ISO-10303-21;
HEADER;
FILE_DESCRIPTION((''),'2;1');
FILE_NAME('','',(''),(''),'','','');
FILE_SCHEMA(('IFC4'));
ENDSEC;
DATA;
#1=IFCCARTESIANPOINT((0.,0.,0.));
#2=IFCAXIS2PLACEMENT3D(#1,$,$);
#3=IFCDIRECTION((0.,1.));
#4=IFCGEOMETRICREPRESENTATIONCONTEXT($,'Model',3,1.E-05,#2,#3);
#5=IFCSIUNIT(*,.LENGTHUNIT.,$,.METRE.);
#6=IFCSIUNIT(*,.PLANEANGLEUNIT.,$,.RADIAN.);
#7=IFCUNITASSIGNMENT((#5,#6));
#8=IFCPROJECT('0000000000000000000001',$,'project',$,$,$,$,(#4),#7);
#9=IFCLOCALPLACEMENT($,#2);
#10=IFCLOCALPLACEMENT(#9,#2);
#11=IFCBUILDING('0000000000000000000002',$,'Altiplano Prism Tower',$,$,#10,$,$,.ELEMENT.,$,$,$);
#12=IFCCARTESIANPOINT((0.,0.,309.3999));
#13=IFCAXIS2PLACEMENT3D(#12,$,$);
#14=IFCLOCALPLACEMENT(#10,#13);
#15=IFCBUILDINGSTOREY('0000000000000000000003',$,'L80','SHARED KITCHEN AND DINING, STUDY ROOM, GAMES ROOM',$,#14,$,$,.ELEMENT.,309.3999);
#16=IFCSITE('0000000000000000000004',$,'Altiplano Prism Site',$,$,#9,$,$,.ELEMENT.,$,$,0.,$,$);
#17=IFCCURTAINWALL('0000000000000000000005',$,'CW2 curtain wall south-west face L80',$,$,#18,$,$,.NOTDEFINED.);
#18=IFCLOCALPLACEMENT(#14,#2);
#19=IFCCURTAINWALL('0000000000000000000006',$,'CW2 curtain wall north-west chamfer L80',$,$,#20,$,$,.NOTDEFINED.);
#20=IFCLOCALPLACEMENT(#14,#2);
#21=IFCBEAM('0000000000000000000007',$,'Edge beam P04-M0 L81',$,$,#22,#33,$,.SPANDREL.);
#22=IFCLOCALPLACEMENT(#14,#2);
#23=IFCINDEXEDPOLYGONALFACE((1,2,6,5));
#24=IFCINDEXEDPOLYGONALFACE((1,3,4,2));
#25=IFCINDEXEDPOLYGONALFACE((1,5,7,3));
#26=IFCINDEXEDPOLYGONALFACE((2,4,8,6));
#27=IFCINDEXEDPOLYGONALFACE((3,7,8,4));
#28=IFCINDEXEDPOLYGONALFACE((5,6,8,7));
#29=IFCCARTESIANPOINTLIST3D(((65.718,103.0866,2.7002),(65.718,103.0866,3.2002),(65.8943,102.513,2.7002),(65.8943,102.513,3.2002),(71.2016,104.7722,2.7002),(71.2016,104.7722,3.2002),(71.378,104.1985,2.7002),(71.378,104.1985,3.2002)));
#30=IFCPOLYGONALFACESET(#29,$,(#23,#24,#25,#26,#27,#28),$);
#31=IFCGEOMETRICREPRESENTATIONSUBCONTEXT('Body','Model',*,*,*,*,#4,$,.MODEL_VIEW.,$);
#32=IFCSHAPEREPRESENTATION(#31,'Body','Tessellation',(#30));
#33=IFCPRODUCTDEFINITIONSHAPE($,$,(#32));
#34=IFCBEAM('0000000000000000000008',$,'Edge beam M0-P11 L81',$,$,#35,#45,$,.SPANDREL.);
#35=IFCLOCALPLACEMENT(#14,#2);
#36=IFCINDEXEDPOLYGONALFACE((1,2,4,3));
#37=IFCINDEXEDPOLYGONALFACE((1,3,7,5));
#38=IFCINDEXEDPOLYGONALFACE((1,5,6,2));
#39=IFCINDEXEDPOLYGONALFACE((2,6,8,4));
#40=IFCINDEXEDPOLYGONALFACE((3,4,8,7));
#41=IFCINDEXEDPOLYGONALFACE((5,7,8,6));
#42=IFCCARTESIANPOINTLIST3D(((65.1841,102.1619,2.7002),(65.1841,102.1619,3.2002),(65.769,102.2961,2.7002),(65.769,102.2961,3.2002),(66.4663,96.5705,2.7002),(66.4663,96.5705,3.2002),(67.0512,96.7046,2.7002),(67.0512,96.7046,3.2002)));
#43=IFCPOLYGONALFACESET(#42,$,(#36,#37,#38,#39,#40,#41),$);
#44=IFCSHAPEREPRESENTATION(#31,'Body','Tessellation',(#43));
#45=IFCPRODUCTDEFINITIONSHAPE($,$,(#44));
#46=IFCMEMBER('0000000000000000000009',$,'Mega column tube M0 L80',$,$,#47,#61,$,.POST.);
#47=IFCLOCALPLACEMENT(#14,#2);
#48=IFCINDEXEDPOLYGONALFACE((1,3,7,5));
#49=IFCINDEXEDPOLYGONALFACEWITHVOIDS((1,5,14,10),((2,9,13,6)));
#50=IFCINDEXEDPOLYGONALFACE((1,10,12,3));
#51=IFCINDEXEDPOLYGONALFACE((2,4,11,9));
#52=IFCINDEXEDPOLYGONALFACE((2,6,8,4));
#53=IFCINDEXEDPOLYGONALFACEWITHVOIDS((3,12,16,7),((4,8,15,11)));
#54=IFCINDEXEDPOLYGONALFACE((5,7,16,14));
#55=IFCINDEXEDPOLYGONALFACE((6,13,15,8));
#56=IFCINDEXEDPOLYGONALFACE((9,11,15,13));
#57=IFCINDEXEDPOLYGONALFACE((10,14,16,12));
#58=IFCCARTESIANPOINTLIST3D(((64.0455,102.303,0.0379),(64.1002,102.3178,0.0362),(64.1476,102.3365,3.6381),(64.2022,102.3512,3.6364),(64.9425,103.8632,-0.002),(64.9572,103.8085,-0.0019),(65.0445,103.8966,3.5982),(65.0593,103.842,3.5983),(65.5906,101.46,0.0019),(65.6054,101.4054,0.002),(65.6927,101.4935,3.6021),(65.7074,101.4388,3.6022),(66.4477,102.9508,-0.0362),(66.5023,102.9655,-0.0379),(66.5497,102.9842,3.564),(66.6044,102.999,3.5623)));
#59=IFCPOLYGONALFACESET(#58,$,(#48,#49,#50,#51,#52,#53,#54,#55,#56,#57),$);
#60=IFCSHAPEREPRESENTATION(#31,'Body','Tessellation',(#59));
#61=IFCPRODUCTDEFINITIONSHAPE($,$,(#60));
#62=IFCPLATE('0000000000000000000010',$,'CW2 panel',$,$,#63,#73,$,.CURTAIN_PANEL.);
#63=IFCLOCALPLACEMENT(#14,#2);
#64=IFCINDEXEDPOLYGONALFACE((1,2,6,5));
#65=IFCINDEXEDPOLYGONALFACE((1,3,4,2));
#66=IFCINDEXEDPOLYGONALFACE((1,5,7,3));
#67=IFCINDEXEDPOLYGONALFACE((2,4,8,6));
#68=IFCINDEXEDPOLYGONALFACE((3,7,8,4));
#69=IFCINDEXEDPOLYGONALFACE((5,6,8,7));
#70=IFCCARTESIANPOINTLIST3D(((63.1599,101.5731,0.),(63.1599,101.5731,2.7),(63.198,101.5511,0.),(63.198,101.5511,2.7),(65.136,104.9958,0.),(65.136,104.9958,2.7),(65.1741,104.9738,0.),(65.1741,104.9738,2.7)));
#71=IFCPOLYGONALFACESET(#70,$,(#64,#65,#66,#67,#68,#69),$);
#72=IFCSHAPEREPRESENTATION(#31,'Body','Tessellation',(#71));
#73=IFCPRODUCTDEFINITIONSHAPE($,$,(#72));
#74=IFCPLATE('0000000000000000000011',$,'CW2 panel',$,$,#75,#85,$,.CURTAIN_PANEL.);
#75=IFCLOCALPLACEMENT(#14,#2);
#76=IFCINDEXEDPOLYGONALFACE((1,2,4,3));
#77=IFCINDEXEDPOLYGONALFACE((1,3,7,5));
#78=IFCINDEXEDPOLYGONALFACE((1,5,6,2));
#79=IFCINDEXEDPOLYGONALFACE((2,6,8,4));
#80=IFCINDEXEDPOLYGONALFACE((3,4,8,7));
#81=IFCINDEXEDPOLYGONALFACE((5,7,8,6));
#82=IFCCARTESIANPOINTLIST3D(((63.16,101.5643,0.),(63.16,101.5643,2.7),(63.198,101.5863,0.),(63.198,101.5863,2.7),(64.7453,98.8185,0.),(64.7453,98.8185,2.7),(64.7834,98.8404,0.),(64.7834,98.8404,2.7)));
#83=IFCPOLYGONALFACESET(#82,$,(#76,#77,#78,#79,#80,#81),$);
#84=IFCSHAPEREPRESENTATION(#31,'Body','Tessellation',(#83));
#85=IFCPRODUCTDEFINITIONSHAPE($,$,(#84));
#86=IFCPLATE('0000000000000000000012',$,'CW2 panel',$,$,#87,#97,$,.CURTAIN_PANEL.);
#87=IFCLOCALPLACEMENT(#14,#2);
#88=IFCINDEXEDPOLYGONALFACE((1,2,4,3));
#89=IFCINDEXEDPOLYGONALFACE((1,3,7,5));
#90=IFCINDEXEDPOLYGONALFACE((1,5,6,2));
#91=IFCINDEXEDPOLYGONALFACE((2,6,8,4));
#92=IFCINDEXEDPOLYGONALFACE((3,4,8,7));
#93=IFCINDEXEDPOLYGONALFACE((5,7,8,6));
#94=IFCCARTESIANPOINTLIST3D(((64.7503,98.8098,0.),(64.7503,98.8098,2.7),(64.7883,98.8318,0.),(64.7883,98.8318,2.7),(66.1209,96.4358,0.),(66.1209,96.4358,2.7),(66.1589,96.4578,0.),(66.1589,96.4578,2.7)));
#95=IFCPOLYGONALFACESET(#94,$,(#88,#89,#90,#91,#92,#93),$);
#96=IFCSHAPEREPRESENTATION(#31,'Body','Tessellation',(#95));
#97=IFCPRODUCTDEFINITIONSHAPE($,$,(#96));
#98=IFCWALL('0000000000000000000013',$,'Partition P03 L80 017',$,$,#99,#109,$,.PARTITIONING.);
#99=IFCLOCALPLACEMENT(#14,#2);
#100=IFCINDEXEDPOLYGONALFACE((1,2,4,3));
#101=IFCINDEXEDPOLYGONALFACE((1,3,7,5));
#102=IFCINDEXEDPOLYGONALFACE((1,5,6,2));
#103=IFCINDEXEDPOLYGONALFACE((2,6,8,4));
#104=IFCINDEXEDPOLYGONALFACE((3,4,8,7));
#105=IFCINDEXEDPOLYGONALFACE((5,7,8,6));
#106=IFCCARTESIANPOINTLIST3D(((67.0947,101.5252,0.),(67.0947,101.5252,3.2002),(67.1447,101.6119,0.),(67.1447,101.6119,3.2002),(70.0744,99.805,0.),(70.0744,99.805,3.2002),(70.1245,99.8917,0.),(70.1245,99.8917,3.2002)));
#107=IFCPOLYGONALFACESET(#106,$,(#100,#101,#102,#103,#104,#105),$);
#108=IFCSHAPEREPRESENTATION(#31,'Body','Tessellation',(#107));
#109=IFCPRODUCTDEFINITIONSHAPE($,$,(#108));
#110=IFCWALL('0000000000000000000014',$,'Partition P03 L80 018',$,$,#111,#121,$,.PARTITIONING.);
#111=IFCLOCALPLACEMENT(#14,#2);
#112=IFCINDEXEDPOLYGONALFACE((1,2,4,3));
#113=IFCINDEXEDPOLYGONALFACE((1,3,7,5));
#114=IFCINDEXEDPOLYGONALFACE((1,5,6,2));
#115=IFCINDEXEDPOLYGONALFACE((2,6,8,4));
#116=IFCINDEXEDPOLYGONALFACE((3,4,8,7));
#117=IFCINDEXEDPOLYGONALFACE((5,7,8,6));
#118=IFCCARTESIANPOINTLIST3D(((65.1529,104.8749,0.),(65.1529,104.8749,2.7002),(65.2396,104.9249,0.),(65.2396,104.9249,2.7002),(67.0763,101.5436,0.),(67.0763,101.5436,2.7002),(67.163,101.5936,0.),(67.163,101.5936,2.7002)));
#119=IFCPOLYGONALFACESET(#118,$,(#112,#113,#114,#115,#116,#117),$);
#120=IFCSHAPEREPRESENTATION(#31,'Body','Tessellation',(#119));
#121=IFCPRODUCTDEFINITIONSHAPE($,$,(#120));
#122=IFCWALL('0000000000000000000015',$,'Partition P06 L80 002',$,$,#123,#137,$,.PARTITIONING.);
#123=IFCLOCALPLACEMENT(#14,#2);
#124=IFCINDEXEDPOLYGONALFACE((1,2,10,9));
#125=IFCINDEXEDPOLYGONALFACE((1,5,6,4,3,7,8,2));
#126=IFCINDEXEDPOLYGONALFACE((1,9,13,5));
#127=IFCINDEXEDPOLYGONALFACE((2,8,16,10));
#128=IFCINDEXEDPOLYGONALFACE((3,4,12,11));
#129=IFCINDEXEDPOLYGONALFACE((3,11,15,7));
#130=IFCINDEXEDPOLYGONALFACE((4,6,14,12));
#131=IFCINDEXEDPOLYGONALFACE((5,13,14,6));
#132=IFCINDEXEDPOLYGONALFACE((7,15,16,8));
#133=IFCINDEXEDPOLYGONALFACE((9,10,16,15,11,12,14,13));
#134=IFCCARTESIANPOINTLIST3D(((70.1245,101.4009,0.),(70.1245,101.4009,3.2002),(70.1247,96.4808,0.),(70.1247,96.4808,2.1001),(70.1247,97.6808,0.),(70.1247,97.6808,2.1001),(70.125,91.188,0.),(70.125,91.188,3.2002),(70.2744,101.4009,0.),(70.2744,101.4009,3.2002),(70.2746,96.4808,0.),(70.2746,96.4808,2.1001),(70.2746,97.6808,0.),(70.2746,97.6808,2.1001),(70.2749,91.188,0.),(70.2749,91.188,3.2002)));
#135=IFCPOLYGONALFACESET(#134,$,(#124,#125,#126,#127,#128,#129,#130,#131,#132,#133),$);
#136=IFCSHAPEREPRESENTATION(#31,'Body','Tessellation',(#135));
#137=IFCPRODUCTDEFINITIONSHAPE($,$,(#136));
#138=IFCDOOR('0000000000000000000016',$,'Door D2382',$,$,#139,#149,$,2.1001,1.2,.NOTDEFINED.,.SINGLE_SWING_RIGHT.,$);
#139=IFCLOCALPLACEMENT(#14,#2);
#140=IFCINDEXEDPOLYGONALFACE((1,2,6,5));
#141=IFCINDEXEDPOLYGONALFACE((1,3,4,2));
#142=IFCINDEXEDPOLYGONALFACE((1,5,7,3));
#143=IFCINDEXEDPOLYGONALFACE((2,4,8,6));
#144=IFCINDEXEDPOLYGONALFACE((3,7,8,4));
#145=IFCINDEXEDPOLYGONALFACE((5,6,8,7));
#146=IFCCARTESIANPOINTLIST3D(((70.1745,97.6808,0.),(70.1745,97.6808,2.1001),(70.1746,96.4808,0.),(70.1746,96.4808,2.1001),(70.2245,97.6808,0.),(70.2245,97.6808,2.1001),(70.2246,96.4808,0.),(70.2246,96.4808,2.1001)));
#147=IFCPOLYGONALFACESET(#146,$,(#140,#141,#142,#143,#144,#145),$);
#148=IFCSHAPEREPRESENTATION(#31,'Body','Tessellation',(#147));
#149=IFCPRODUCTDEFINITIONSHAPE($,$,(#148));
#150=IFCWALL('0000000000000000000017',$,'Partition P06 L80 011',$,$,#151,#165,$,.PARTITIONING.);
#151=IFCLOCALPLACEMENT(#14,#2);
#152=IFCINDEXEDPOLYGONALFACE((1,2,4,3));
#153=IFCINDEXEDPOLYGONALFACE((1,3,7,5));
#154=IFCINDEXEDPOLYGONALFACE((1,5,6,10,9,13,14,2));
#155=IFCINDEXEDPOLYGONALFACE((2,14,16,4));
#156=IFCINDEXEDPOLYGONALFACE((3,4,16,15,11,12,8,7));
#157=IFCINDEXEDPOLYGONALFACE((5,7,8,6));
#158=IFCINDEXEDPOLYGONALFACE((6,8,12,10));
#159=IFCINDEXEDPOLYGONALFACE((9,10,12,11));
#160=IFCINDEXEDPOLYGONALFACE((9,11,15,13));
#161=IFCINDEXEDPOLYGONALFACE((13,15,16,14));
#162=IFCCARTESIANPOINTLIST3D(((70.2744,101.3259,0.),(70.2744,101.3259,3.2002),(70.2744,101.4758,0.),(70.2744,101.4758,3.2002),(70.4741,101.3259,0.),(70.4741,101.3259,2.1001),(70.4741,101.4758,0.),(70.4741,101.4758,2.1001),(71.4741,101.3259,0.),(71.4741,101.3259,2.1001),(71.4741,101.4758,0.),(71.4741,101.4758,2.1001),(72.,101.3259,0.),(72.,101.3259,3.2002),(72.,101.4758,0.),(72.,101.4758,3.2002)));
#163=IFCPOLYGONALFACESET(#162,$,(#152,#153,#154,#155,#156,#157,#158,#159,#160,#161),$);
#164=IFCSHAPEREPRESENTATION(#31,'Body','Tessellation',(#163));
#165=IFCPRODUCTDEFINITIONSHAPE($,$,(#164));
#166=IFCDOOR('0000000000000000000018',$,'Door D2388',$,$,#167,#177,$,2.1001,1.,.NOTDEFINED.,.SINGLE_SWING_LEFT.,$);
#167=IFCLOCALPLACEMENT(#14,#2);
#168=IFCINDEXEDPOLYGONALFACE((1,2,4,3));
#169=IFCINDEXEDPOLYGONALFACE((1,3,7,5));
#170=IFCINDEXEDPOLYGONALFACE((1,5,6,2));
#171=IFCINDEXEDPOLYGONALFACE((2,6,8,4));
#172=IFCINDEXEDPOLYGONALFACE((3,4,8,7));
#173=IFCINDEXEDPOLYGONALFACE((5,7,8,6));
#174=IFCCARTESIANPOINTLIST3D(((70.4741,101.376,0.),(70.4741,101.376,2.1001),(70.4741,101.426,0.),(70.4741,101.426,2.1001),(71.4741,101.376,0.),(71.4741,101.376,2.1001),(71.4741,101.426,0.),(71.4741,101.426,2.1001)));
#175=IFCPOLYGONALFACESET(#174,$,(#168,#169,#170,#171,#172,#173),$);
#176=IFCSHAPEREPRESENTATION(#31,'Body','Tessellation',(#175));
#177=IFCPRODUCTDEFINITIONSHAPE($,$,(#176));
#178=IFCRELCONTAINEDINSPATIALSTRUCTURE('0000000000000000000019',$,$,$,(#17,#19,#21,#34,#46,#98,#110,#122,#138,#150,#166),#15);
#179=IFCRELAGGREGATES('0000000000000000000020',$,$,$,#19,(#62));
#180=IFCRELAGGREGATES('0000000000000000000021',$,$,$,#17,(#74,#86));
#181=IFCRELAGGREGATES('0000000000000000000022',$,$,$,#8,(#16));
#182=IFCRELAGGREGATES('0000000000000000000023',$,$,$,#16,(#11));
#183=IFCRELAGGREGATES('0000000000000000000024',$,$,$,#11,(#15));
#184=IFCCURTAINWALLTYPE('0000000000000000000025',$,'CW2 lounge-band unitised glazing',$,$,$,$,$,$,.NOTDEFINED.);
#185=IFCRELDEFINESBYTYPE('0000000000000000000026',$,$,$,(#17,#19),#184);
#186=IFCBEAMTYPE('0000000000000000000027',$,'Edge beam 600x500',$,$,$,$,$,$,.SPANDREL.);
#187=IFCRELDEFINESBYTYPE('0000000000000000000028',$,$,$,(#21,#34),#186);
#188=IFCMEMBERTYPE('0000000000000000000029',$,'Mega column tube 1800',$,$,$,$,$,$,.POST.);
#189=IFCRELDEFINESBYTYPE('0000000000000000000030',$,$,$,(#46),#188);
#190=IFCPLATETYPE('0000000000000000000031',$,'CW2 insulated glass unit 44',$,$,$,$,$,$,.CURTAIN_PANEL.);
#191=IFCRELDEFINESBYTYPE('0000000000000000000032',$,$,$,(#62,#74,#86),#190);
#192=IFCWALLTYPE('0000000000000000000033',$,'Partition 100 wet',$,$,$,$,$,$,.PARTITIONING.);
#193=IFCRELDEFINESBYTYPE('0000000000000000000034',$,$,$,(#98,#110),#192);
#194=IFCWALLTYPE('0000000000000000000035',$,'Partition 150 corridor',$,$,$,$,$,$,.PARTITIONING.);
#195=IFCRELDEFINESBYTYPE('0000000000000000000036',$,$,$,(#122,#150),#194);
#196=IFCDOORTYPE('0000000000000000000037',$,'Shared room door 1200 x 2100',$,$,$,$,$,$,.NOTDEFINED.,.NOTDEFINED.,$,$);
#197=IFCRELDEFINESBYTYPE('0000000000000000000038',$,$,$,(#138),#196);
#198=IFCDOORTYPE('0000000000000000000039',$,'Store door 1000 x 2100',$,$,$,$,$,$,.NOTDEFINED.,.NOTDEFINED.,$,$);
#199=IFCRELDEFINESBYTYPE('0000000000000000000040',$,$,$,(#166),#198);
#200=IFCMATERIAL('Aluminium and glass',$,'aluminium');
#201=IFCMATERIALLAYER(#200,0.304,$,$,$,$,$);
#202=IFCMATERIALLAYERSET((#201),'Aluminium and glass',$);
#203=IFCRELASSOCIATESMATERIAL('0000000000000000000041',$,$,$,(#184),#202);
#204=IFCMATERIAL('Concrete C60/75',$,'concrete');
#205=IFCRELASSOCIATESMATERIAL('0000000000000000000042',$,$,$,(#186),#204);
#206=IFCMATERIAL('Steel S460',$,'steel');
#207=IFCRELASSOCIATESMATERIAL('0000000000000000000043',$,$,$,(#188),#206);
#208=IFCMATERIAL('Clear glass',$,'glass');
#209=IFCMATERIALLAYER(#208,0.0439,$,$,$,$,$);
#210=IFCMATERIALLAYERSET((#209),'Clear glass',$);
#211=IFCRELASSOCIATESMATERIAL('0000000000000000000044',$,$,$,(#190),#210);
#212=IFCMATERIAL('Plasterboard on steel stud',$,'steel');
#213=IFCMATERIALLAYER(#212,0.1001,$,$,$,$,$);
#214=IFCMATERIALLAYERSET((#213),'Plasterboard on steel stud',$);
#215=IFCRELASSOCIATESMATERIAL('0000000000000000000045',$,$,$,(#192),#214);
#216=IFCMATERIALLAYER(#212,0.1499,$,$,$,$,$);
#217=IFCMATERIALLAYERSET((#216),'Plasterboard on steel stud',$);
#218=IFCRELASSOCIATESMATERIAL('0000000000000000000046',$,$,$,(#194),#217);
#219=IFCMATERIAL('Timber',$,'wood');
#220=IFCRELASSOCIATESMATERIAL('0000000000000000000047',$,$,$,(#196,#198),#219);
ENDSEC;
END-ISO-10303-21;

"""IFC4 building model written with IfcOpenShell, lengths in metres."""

from ifc_helpers import new_model, si_unit, direction, frame, frame_2d, origin, origin_2d, place, context, subcontext, project, spatial, rectangle, hollow_rectangle, extrude, material, layer, layer_set, material_profile, profile_set, type_object, element, fill, aggregate, save


model = new_model("IFC4")

# Units and contexts
model_context = context("Model", 3, precision=1e-05, world=origin(), true_north=direction((0.0, 1.0)))
body_context = subcontext(model_context, "Body", "Model", "MODEL_VIEW")
ifc_project = project(units=[si_unit("LENGTHUNIT", "METRE"), si_unit("PLANEANGLEUNIT", "RADIAN")], contexts=[model_context])

# Site, building, storey
site_placement = place(None, origin())
site = spatial("IfcSite", under=ifc_project, at=site_placement, Name="Altiplano Prism Site", CompositionType="ELEMENT", RefElevation=0.0)
building_placement = place(site_placement, origin())
building = spatial("IfcBuilding", under=site, at=building_placement, Name="Altiplano Prism Tower", CompositionType="ELEMENT")
storey_placement = place(building_placement, frame((0.0, 0.0, 309.3999)))
storey = spatial("IfcBuildingStorey", under=building, at=storey_placement, Name="L80", Description="SHARED KITCHEN AND DINING, STUDY ROOM, GAMES ROOM", CompositionType="ELEMENT", Elevation=309.3999)

# Shared definitions
ifc_material_1 = material(Name="Concrete C60/75", Category="concrete")

# Curtain walls
ifc_material_2 = material(Name="Aluminium and glass", Category="aluminium")
ifc_layer_1 = layer(ifc_material_2, 0.304)
ifc_layer_set_1 = layer_set([ifc_layer_1], Name="Aluminium and glass")
curtain_wall_type = type_object("IfcCurtainWallType", Name="CW2 lounge-band unitised glazing", PredefinedType="NOTDEFINED", material=ifc_layer_set_1)
curtain_wall_1_placement = place(storey_placement, origin())
curtain_wall_1 = element("IfcCurtainWall", 1, at=curtain_wall_1_placement, inside=storey, type_object=curtain_wall_type, Name="CW2 curtain wall south-west face L80", PredefinedType="NOTDEFINED")
curtain_wall_2_placement = place(storey_placement, origin())
curtain_wall_2 = element("IfcCurtainWall", 2, at=curtain_wall_2_placement, inside=storey, type_object=curtain_wall_type, Name="CW2 curtain wall north-west chamfer L80", PredefinedType="NOTDEFINED")

# Beams
ifc_material_profile_1 = material_profile(ifc_material_1, rectangle(XDim=0.6001, YDim=0.5, at=origin_2d()), Name="Edge beam 600x500")
ifc_profile_set_1 = profile_set([ifc_material_profile_1], Name="Concrete C60/75")
beam_type = type_object("IfcBeamType", Name="Edge beam 600x500", PredefinedType="SPANDREL", material=ifc_profile_set_1)
beam_1_placement = place(storey_placement, frame((71.2898, 104.4854, 2.9502), z_axis=(-0.955864, -0.293811, 0.0), x_axis=(0.293811, -0.955864, 0.0)))
element("IfcBeam", 3, at=beam_1_placement, inside=storey, type_object=beam_type, Name="Edge beam P04-M0 L81", PredefinedType="SPANDREL", context=body_context, shape_type="SweptSolid", body=[
    extrude(rectangle(XDim=0.6001, YDim=0.5, at=origin_2d()), origin(), (0.0, 0.0, 1.0), 5.7368),
])
beam_2_placement = place(storey_placement, frame((65.4766, 102.229, 2.9502), z_axis=(0.223513, -0.974701, 0.0), x_axis=(0.974701, 0.223513, 0.0)))
element("IfcBeam", 4, at=beam_2_placement, inside=storey, type_object=beam_type, Name="Edge beam M0-P11 L81", PredefinedType="SPANDREL", context=body_context, shape_type="SweptSolid", body=[
    extrude(rectangle(XDim=0.6001, YDim=0.5, at=origin_2d()), origin(), (0.0, 0.0, 1.0), 5.7366),
])

# Member
ifc_material_3 = material(Name="Steel S460", Category="steel")
ifc_material_profile_2 = material_profile(ifc_material_3, hollow_rectangle(XDim=1.8, YDim=1.8, WallThickness=0.04, at=origin_2d()), Name="Mega column tube 1800")
ifc_profile_set_2 = profile_set([ifc_material_profile_2], Name="Steel S460")
member_type_1 = type_object("IfcMemberType", Name="Mega column tube 1800", PredefinedType="POST", material=ifc_profile_set_2)
member_1_placement = place(storey_placement, frame((65.2739, 102.6343, 0.0), z_axis=(0.028334, 0.009287, 0.999555), x_axis=(-0.866556, 0.498682, 0.019931)))
element("IfcMember", 5, at=member_1_placement, inside=storey, type_object=member_type_1, Name="Mega column tube M0 L80", PredefinedType="POST", context=body_context, shape_type="SweptSolid", body=[
    extrude(hollow_rectangle(XDim=1.8, YDim=1.8, WallThickness=0.04, at=origin_2d()), origin(), (0.0, 0.0, 1.0), 3.6018),
])

# Plates
ifc_material_4 = material(Name="Clear glass", Category="glass")
ifc_layer_2 = layer(ifc_material_4, 0.0439)
ifc_layer_set_2 = layer_set([ifc_layer_2], Name="Clear glass")
plate_type = type_object("IfcPlateType", Name="CW2 insulated glass unit 44", PredefinedType="CURTAIN_PANEL", material=ifc_layer_set_2)
plate_1_placement = place(storey_placement, frame((64.167, 103.2734, 0.0), z_axis=(0.0, 0.0, 1.0), x_axis=(-0.5, -0.866025, 0.0)))
plate_1 = element("IfcPlate", 6, at=plate_1_placement, type_object=plate_type, Name="CW2 panel", PredefinedType="CURTAIN_PANEL", context=body_context, shape_type="SweptSolid", body=[
    extrude(rectangle(XDim=3.9521, YDim=0.0439, at=origin_2d()), origin(), (0.0, 0.0, 1.0), 2.7),
])
aggregate(curtain_wall_2, [plate_1])
plate_2_placement = place(storey_placement, frame((63.9717, 100.2024, 0.0), z_axis=(0.0, 0.0, 1.0), x_axis=(0.5, -0.866025, 0.0)))
plate_2 = element("IfcPlate", 7, at=plate_2_placement, type_object=plate_type, Name="CW2 panel", PredefinedType="CURTAIN_PANEL", context=body_context, shape_type="SweptSolid", body=[
    extrude(rectangle(XDim=3.1707, YDim=0.0439, at=origin_2d()), origin(), (0.0, 0.0, 1.0), 2.7),
])
plate_3_placement = place(storey_placement, frame((65.4546, 97.6338, 0.0), z_axis=(0.0, 0.0, 1.0), x_axis=(0.5, -0.866025, 0.0)))
plate_3 = element("IfcPlate", 8, at=plate_3_placement, type_object=plate_type, Name="CW2 panel", PredefinedType="CURTAIN_PANEL", context=body_context, shape_type="SweptSolid", body=[
    extrude(rectangle(XDim=2.7412, YDim=0.0439, at=origin_2d()), origin(), (0.0, 0.0, 1.0), 2.7),
])
aggregate(curtain_wall_1, [plate_2, plate_3])

# Walls
ifc_material_5 = material(Name="Plasterboard on steel stud", Category="steel")
ifc_layer_3 = layer(ifc_material_5, 0.1001)
ifc_layer_set_3 = layer_set([ifc_layer_3], Name="Plasterboard on steel stud")
wall_type_1 = type_object("IfcWallType", Name="Partition 100 wet", PredefinedType="PARTITIONING", material=ifc_layer_set_3)
wall_1_placement = place(storey_placement, frame((70.0994, 99.8484, 0.0), z_axis=(0.0, 0.0, 1.0), x_axis=(-0.866043, 0.49997, 0.0)))
element("IfcWall", 9, at=wall_1_placement, inside=storey, type_object=wall_type_1, Name="Partition P03 L80 017", PredefinedType="PARTITIONING", context=body_context, shape_type="SweptSolid", body=[
    extrude(rectangle(XDim=3.4407, YDim=0.1001, at=frame_2d((1.7202, 0.0))), origin(), (0.0, 0.0, 1.0), 3.2002),
])
wall_2_placement = place(storey_placement, frame((67.1196, 101.5686, 0.0), z_axis=(0.0, 0.0, 1.0), x_axis=(-0.500003, 0.866024, 0.0)))
element("IfcWall", 10, at=wall_2_placement, inside=storey, type_object=wall_type_1, Name="Partition P03 L80 018", PredefinedType="PARTITIONING", context=body_context, shape_type="SweptSolid", body=[
    extrude(rectangle(XDim=3.8467, YDim=0.1001, at=frame_2d((1.9233, 0.0))), origin(), (0.0, 0.0, 1.0), 2.7002),
])

# Walls, openings, doors
ifc_layer_4 = layer(ifc_material_5, 0.1499)
ifc_layer_set_4 = layer_set([ifc_layer_4], Name="Plasterboard on steel stud")
wall_type_2 = type_object("IfcWallType", Name="Partition 150 corridor", PredefinedType="PARTITIONING", material=ifc_layer_set_4)
wall_3_placement = place(storey_placement, frame((70.1995, 101.4009, 0.0), z_axis=(0.0, 0.0, 1.0), x_axis=(0.000048, -1.0, 0.0)))
wall_3 = element("IfcWall", 11, at=wall_3_placement, inside=storey, type_object=wall_type_2, Name="Partition P06 L80 002", PredefinedType="PARTITIONING", context=body_context, shape_type="SweptSolid", body=[
    extrude(rectangle(XDim=10.2129, YDim=0.1499, at=frame_2d((5.1064, 0.0))), origin(), (0.0, 0.0, 1.0), 3.2002),
])
opening_1_placement = place(wall_3_placement, frame((3.72, 0.0, 0.0)))
opening_1 = element("IfcOpeningElement", 12, at=opening_1_placement, cuts=wall_3, PredefinedType="OPENING", context=body_context, shape_type="SweptSolid", body=[
    extrude(rectangle(XDim=1.2, YDim=2.1001, at=frame_2d((0.6001, 1.05))), frame((0.0, 0.0854, 0.0), z_axis=(0.0, -1.0, 0.0), x_axis=(1.0, 0.0, 0.0)), (0.0, 0.0, 1.0), 0.1709),
])
ifc_material_6 = material(Name="Timber", Category="wood")
door_type_1 = type_object("IfcDoorType", Name="Shared room door 1200 x 2100", OperationType="NOTDEFINED", PredefinedType="NOTDEFINED", material=ifc_material_6)
door_1_placement = place(opening_1_placement, origin())
door_1 = element("IfcDoor", 13, at=door_1_placement, inside=storey, type_object=door_type_1, Name="Door D2382", OperationType="SINGLE_SWING_RIGHT", OverallHeight=2.1001, OverallWidth=1.2, PredefinedType="NOTDEFINED", context=body_context, shape_type="SweptSolid", body=[
    extrude(rectangle(XDim=1.2, YDim=2.1001, at=frame_2d((0.6001, 1.05))), frame((0.0, 0.0249, 0.0), z_axis=(0.0, -1.0, 0.0), x_axis=(1.0, 0.0, 0.0)), (0.0, 0.0, 1.0), 0.05),
])
fill(opening_1, door_1)
wall_4_placement = place(storey_placement, frame((72.0, 101.4009, 0.0), z_axis=(0.0, 0.0, 1.0), x_axis=(-1.0, 0.0, 0.0)))
wall_4 = element("IfcWall", 14, at=wall_4_placement, inside=storey, type_object=wall_type_2, Name="Partition P06 L80 011", PredefinedType="PARTITIONING", context=body_context, shape_type="SweptSolid", body=[
    extrude(rectangle(XDim=1.7256, YDim=0.1499, at=frame_2d((0.8628, 0.0))), origin(), (0.0, 0.0, 1.0), 3.2002),
])
opening_2_placement = place(wall_4_placement, frame((0.5259, 0.0, 0.0)))
opening_2 = element("IfcOpeningElement", 15, at=opening_2_placement, cuts=wall_4, PredefinedType="OPENING", context=body_context, shape_type="SweptSolid", body=[
    extrude(rectangle(XDim=1.0, YDim=2.1001, at=frame_2d((0.5, 1.05))), frame((0.0, 0.0854, 0.0), z_axis=(0.0, -1.0, 0.0), x_axis=(1.0, 0.0, 0.0)), (0.0, 0.0, 1.0), 0.1709),
])
door_type_2 = type_object("IfcDoorType", Name="Store door 1000 x 2100", OperationType="NOTDEFINED", PredefinedType="NOTDEFINED", material=ifc_material_6)
door_2_placement = place(opening_2_placement, origin())
door_2 = element("IfcDoor", 16, at=door_2_placement, inside=storey, type_object=door_type_2, Name="Door D2388", OperationType="SINGLE_SWING_LEFT", OverallHeight=2.1001, OverallWidth=1.0, PredefinedType="NOTDEFINED", context=body_context, shape_type="SweptSolid", body=[
    extrude(rectangle(XDim=1.0, YDim=2.1001, at=frame_2d((0.5, 1.05))), frame((0.0, 0.0249, 0.0), z_axis=(0.0, -1.0, 0.0), x_axis=(1.0, 0.0, 0.0)), (0.0, 0.0, 1.0), 0.05),
])
fill(opening_2, door_2)

save(model, "model.ifc")
